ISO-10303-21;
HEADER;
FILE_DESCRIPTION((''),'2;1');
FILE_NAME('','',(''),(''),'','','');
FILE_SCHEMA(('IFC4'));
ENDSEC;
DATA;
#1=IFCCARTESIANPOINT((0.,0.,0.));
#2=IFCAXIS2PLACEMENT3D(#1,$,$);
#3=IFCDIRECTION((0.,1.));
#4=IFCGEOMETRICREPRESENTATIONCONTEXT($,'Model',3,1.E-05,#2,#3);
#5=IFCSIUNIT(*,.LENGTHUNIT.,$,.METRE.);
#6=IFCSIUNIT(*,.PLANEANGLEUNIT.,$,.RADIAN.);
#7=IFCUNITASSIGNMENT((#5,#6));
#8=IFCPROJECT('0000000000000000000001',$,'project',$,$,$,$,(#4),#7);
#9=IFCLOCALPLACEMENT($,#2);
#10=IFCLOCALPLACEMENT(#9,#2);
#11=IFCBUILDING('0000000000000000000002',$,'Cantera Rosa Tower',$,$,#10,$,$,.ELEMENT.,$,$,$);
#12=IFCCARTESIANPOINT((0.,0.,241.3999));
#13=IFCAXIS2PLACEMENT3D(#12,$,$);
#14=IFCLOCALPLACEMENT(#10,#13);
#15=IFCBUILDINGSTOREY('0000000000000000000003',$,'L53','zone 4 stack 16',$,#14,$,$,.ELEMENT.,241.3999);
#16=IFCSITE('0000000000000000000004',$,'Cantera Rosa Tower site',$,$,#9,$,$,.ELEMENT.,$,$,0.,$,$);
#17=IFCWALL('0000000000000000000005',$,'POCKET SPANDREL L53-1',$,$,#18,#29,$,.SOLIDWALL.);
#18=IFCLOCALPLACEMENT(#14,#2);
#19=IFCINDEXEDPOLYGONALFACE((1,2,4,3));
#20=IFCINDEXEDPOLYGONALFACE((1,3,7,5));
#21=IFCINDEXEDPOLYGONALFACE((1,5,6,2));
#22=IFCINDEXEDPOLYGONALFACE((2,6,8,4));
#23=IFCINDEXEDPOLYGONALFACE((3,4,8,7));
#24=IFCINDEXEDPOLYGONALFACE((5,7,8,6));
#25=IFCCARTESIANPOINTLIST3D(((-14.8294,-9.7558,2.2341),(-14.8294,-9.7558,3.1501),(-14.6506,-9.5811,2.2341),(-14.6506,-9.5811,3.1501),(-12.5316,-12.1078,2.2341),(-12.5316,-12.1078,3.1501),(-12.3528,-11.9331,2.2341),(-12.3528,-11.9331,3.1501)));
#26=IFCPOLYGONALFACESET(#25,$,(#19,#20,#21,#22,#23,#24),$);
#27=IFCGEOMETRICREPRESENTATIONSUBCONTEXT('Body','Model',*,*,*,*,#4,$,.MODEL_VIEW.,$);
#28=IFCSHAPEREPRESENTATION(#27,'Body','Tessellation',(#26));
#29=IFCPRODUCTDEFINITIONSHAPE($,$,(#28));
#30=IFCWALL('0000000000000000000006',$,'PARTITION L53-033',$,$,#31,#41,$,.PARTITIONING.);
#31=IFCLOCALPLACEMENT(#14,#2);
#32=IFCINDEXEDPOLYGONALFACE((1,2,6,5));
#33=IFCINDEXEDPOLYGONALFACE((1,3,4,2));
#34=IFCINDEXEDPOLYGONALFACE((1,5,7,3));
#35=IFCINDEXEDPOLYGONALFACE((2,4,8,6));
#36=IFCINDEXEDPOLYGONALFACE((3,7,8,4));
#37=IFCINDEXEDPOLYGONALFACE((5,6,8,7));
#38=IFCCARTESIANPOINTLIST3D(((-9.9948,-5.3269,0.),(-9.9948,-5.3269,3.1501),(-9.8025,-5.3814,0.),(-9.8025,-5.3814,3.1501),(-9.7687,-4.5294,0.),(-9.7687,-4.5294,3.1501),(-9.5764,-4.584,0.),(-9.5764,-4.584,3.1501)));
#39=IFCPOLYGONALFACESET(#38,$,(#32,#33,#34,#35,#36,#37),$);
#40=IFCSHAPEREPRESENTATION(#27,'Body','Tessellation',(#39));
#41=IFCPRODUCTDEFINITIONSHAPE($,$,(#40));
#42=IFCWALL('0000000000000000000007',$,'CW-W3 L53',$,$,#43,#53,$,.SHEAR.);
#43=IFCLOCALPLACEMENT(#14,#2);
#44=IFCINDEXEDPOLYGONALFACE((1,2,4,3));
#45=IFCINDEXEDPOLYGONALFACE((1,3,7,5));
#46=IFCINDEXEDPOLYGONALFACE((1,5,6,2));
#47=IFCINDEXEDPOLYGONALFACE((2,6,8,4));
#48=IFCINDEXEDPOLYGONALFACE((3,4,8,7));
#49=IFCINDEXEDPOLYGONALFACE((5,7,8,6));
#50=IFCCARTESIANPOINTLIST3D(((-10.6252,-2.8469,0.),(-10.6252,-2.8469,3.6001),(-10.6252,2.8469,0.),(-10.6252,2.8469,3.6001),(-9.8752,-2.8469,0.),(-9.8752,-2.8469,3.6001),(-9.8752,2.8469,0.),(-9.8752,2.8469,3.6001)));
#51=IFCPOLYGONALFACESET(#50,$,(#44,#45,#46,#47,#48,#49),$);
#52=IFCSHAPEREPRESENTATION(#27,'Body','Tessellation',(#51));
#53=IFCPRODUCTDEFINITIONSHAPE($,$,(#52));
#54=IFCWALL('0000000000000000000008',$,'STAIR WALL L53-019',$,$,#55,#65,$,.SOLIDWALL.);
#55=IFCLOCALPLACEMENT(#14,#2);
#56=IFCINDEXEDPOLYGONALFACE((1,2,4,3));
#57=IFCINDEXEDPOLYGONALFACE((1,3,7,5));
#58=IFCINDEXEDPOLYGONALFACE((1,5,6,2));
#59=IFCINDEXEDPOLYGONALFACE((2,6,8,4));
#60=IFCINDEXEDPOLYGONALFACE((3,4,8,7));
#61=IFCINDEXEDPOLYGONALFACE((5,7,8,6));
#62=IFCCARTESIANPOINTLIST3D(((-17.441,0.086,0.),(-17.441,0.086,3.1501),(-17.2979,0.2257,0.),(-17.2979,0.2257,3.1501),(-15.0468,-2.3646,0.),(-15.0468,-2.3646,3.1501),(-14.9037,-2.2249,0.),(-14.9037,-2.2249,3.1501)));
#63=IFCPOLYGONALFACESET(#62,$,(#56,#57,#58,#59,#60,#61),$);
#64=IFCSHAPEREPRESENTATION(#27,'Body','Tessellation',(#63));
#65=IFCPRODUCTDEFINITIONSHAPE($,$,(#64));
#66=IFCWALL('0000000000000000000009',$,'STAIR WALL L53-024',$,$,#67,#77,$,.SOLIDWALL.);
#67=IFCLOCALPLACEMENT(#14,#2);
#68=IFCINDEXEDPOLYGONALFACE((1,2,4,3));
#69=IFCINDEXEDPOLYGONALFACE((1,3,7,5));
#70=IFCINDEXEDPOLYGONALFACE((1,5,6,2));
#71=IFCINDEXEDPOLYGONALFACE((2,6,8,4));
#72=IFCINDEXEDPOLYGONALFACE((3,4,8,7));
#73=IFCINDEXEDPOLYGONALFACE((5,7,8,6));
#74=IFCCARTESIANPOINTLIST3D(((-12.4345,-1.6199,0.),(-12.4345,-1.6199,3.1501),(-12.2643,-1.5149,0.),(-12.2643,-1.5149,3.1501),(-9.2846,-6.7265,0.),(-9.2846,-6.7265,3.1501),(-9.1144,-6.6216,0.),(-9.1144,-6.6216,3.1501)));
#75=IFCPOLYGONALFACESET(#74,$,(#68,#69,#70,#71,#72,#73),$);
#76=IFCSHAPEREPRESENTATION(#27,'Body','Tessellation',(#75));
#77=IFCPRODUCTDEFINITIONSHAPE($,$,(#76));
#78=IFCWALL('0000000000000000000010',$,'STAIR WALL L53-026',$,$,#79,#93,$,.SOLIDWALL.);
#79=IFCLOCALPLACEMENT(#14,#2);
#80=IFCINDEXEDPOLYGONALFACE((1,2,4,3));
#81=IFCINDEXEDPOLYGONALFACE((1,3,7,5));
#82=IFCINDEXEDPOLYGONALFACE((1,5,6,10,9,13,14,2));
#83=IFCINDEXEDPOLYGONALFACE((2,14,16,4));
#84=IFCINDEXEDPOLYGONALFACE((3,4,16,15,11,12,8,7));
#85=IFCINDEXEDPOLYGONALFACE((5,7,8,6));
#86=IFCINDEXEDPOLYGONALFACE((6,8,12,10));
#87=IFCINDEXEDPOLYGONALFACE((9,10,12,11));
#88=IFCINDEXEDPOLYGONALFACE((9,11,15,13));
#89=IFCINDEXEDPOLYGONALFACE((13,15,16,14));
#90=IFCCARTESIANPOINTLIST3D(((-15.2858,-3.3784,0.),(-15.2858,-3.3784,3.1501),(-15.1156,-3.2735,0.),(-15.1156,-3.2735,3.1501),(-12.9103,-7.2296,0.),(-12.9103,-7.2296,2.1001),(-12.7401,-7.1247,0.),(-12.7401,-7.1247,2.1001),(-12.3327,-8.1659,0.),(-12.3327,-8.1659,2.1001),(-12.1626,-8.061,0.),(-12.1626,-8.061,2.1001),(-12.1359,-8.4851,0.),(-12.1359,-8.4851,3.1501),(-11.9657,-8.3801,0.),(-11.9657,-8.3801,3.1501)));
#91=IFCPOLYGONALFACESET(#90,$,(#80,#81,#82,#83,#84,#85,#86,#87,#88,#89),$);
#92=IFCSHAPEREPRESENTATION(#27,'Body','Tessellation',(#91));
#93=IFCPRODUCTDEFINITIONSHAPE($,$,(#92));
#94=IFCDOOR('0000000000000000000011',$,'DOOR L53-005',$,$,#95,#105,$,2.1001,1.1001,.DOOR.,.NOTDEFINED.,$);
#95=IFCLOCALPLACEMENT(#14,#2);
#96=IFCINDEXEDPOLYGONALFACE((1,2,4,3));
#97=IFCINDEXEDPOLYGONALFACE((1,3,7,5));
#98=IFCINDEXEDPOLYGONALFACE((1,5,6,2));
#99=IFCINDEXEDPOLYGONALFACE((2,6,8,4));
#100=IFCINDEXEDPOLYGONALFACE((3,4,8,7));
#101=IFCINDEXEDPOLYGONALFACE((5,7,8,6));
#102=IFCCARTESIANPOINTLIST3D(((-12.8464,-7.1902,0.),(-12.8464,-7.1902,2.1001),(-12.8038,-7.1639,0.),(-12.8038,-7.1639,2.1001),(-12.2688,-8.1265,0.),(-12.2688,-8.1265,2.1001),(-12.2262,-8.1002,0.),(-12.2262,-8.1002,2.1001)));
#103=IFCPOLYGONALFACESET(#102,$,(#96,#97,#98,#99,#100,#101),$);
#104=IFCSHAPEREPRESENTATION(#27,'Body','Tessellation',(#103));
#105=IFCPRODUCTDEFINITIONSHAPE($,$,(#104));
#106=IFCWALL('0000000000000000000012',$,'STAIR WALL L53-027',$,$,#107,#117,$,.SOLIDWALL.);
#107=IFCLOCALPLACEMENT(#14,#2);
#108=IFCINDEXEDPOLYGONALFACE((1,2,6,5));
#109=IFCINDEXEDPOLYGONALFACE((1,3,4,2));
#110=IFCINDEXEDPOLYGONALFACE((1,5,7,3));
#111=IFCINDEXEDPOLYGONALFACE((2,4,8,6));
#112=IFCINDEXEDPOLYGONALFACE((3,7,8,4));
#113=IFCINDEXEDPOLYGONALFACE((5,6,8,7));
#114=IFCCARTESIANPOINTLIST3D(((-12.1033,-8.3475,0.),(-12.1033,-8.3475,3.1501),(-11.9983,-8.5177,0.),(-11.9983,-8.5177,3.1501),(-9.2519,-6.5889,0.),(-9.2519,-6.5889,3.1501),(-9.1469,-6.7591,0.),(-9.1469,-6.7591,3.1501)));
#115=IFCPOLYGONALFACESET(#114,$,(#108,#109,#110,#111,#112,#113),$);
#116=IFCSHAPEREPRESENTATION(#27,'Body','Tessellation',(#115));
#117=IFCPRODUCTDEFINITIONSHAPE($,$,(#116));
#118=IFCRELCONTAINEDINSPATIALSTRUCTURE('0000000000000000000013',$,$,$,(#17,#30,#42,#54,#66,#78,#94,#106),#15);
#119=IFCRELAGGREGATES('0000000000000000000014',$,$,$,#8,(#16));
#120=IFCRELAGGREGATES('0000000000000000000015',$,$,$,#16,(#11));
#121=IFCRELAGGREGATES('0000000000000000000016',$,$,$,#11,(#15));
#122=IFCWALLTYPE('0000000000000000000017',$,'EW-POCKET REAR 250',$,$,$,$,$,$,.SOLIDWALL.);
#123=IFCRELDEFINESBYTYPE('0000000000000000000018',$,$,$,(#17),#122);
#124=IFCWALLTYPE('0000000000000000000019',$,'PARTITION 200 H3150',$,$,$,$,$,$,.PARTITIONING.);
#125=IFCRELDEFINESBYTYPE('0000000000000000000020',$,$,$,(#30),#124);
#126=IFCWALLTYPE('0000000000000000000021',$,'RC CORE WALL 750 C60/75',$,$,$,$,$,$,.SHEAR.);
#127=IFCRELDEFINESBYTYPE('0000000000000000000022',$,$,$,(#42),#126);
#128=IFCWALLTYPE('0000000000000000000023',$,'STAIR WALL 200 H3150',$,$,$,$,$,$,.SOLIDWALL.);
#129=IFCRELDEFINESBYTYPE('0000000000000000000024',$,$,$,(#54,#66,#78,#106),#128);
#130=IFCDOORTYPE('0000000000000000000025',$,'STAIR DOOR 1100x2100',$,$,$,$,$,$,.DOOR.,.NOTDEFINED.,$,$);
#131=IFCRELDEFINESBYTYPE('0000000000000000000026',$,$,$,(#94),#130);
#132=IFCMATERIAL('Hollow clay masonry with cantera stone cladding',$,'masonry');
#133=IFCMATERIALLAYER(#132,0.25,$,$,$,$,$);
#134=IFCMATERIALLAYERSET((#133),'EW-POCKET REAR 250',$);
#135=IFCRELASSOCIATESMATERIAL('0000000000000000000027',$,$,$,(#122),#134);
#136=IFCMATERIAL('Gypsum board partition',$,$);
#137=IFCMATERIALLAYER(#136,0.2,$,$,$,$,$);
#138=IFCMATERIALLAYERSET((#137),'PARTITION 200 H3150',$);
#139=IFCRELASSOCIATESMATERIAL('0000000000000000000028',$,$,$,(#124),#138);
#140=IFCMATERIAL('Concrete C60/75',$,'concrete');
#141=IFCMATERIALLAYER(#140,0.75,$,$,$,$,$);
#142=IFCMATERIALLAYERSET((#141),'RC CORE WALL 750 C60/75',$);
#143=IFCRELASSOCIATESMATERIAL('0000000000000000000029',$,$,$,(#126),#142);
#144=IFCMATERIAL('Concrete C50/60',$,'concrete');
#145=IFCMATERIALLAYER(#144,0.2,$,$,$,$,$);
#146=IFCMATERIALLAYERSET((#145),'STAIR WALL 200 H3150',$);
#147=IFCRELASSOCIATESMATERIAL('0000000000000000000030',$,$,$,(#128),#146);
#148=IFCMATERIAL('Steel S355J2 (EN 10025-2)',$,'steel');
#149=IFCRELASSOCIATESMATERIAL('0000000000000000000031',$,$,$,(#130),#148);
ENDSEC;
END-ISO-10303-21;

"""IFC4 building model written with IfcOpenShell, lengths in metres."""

from ifc_helpers import new_model, si_unit, direction, frame, frame_2d, origin, place, context, subcontext, project, spatial, rectangle, extrude, material, layer, layer_set, type_object, element, fill, save


model = new_model("IFC4")

# Units and contexts
model_context = context("Model", 3, precision=1e-05, world=origin(), true_north=direction((0.0, 1.0)))
body_context = subcontext(model_context, "Body", "Model", "MODEL_VIEW")
ifc_project = project(units=[si_unit("LENGTHUNIT", "METRE"), si_unit("PLANEANGLEUNIT", "RADIAN")], contexts=[model_context])

# Site, building, storey
site_placement = place(None, origin())
site = spatial("IfcSite", under=ifc_project, at=site_placement, Name="Cantera Rosa Tower site", CompositionType="ELEMENT", RefElevation=0.0)
building_placement = place(site_placement, origin())
building = spatial("IfcBuilding", under=site, at=building_placement, Name="Cantera Rosa Tower", CompositionType="ELEMENT")
storey_placement = place(building_placement, frame((0.0, 0.0, 241.3999)))
storey = spatial("IfcBuildingStorey", under=building, at=storey_placement, Name="L53", Description="zone 4 stack 16", CompositionType="ELEMENT", Elevation=241.3999)

# Walls
ifc_material_1 = material(Name="Hollow clay masonry with cantera stone cladding", Category="masonry")
ifc_layer_1 = layer(ifc_material_1, 0.25)
ifc_layer_set_1 = layer_set([ifc_layer_1], Name="EW-POCKET REAR 250")
wall_type_1 = type_object("IfcWallType", Name="EW-POCKET REAR 250", PredefinedType="SOLIDWALL", material=ifc_layer_set_1)
wall_1_placement = place(storey_placement, frame((-14.74, -9.6685, 2.2341), z_axis=(0.0, 0.0, 1.0), x_axis=(0.698817, -0.7153, 0.0)))
element("IfcWall", 1, at=wall_1_placement, inside=storey, type_object=wall_type_1, Name="POCKET SPANDREL L53-1", PredefinedType="SOLIDWALL", context=body_context, shape_type="SweptSolid", body=[
    extrude(rectangle(XDim=3.2881, YDim=0.25, at=frame_2d((1.644, 0.0))), origin(), (0.0, 0.0, 1.0), 0.916),
])
ifc_material_2 = material(Name="Gypsum board partition")
ifc_layer_2 = layer(ifc_material_2, 0.2)
ifc_layer_set_2 = layer_set([ifc_layer_2], Name="PARTITION 200 H3150")
wall_type_2 = type_object("IfcWallType", Name="PARTITION 200 H3150", PredefinedType="PARTITIONING", material=ifc_layer_set_2)
wall_2_placement = place(storey_placement, frame((-9.8987, -5.3542, 0.0), z_axis=(0.0, 0.0, 1.0), x_axis=(0.272775, 0.962078, 0.0)))
element("IfcWall", 2, at=wall_2_placement, inside=storey, type_object=wall_type_2, Name="PARTITION L53-033", PredefinedType="PARTITIONING", context=body_context, shape_type="SweptSolid", body=[
    extrude(rectangle(XDim=0.8289, YDim=0.2, at=frame_2d((0.4146, 0.0))), origin(), (0.0, 0.0, 1.0), 3.1501),
])
ifc_material_3 = material(Name="Concrete C60/75", Category="concrete")
ifc_layer_3 = layer(ifc_material_3, 0.75)
ifc_layer_set_3 = layer_set([ifc_layer_3], Name="RC CORE WALL 750 C60/75")
wall_type_3 = type_object("IfcWallType", Name="RC CORE WALL 750 C60/75", PredefinedType="SHEAR", material=ifc_layer_set_3)
wall_3_placement = place(storey_placement, frame((-10.2502, -2.8469, 0.0), z_axis=(0.0, 0.0, 1.0), x_axis=(0.0, 1.0, 0.0)))
element("IfcWall", 3, at=wall_3_placement, inside=storey, type_object=wall_type_3, Name="CW-W3 L53", PredefinedType="SHEAR", context=body_context, shape_type="SweptSolid", body=[
    extrude(rectangle(XDim=5.6938, YDim=0.75, at=frame_2d((2.8469, 0.0))), origin(), (0.0, 0.0, 1.0), 3.6001),
])
ifc_material_4 = material(Name="Concrete C50/60", Category="concrete")
ifc_layer_4 = layer(ifc_material_4, 0.2)
ifc_layer_set_4 = layer_set([ifc_layer_4], Name="STAIR WALL 200 H3150")
wall_type_4 = type_object("IfcWallType", Name="STAIR WALL 200 H3150", PredefinedType="SOLIDWALL", material=ifc_layer_set_4)
wall_4_placement = place(storey_placement, frame((-14.9753, -2.2947, 0.0), z_axis=(0.0, 0.0, 1.0), x_axis=(-0.698829, 0.715289, 0.0)))
element("IfcWall", 4, at=wall_4_placement, inside=storey, type_object=wall_type_4, Name="STAIR WALL L53-019", PredefinedType="SOLIDWALL", context=body_context, shape_type="SweptSolid", body=[
    extrude(rectangle(XDim=3.426, YDim=0.2, at=frame_2d((1.7129, 0.0))), origin(), (0.0, 0.0, 1.0), 3.1501),
])
wall_5_placement = place(storey_placement, frame((-12.3494, -1.5674, 0.0), z_axis=(0.0, 0.0, 1.0), x_axis=(0.524983, -0.851113, 0.0)))
element("IfcWall", 5, at=wall_5_placement, inside=storey, type_object=wall_type_4, Name="STAIR WALL L53-024", PredefinedType="SOLIDWALL", context=body_context, shape_type="SweptSolid", body=[
    extrude(rectangle(XDim=6.0, YDim=0.2, at=frame_2d((3.0, 0.0))), origin(), (0.0, 0.0, 1.0), 3.1501),
])

# Wall, opening, door
wall_6_placement = place(storey_placement, frame((-12.0508, -8.4326, 0.0), z_axis=(0.0, 0.0, 1.0), x_axis=(-0.524983, 0.851113, 0.0)))
wall_6 = element("IfcWall", 6, at=wall_6_placement, inside=storey, type_object=wall_type_4, Name="STAIR WALL L53-026", PredefinedType="SOLIDWALL", context=body_context, shape_type="SweptSolid", body=[
    extrude(rectangle(XDim=6.0, YDim=0.2, at=frame_2d((3.0, 0.0))), origin(), (0.0, 0.0, 1.0), 3.1501),
])
opening_1_placement = place(wall_6_placement, frame((0.375, 0.0, 0.0)))
opening_1 = element("IfcOpeningElement", 7, at=opening_1_placement, cuts=wall_6, PredefinedType="OPENING", context=body_context, shape_type="SweptSolid", body=[
    extrude(rectangle(XDim=1.1001, YDim=2.1001, at=frame_2d((0.55, 1.05))), frame((0.0, 0.1099, 0.0), z_axis=(0.0, -1.0, 0.0), x_axis=(1.0, 0.0, 0.0)), (0.0, 0.0, 1.0), 0.22),
])
ifc_material_5 = material(Name="Steel S355J2 (EN 10025-2)", Category="steel")
door_type_1 = type_object("IfcDoorType", Name="STAIR DOOR 1100x2100", OperationType="NOTDEFINED", PredefinedType="DOOR", material=ifc_material_5)
door_1_placement = place(opening_1_placement, origin())
door_1 = element("IfcDoor", 8, at=door_1_placement, inside=storey, type_object=door_type_1, Name="DOOR L53-005", OperationType="NOTDEFINED", OverallHeight=2.1001, OverallWidth=1.1001, PredefinedType="DOOR", context=body_context, shape_type="SweptSolid", body=[
    extrude(rectangle(XDim=1.1001, YDim=2.1001, at=frame_2d((0.55, 1.05))), frame((0.0, 0.0249, 0.0), z_axis=(0.0, -1.0, 0.0), x_axis=(1.0, 0.0, 0.0)), (0.0, 0.0, 1.0), 0.05),
])
fill(opening_1, door_1)

# Wall
wall_7_placement = place(storey_placement, frame((-12.0508, -8.4326, 0.0), z_axis=(0.0, 0.0, 1.0), x_axis=(0.85114, 0.524939, 0.0)))
element("IfcWall", 9, at=wall_7_placement, inside=storey, type_object=wall_type_4, Name="STAIR WALL L53-027", PredefinedType="SOLIDWALL", context=body_context, shape_type="SweptSolid", body=[
    extrude(rectangle(XDim=3.3501, YDim=0.2, at=frame_2d((1.675, 0.0))), origin(), (0.0, 0.0, 1.0), 3.1501),
])

save(model, "model.ifc")
